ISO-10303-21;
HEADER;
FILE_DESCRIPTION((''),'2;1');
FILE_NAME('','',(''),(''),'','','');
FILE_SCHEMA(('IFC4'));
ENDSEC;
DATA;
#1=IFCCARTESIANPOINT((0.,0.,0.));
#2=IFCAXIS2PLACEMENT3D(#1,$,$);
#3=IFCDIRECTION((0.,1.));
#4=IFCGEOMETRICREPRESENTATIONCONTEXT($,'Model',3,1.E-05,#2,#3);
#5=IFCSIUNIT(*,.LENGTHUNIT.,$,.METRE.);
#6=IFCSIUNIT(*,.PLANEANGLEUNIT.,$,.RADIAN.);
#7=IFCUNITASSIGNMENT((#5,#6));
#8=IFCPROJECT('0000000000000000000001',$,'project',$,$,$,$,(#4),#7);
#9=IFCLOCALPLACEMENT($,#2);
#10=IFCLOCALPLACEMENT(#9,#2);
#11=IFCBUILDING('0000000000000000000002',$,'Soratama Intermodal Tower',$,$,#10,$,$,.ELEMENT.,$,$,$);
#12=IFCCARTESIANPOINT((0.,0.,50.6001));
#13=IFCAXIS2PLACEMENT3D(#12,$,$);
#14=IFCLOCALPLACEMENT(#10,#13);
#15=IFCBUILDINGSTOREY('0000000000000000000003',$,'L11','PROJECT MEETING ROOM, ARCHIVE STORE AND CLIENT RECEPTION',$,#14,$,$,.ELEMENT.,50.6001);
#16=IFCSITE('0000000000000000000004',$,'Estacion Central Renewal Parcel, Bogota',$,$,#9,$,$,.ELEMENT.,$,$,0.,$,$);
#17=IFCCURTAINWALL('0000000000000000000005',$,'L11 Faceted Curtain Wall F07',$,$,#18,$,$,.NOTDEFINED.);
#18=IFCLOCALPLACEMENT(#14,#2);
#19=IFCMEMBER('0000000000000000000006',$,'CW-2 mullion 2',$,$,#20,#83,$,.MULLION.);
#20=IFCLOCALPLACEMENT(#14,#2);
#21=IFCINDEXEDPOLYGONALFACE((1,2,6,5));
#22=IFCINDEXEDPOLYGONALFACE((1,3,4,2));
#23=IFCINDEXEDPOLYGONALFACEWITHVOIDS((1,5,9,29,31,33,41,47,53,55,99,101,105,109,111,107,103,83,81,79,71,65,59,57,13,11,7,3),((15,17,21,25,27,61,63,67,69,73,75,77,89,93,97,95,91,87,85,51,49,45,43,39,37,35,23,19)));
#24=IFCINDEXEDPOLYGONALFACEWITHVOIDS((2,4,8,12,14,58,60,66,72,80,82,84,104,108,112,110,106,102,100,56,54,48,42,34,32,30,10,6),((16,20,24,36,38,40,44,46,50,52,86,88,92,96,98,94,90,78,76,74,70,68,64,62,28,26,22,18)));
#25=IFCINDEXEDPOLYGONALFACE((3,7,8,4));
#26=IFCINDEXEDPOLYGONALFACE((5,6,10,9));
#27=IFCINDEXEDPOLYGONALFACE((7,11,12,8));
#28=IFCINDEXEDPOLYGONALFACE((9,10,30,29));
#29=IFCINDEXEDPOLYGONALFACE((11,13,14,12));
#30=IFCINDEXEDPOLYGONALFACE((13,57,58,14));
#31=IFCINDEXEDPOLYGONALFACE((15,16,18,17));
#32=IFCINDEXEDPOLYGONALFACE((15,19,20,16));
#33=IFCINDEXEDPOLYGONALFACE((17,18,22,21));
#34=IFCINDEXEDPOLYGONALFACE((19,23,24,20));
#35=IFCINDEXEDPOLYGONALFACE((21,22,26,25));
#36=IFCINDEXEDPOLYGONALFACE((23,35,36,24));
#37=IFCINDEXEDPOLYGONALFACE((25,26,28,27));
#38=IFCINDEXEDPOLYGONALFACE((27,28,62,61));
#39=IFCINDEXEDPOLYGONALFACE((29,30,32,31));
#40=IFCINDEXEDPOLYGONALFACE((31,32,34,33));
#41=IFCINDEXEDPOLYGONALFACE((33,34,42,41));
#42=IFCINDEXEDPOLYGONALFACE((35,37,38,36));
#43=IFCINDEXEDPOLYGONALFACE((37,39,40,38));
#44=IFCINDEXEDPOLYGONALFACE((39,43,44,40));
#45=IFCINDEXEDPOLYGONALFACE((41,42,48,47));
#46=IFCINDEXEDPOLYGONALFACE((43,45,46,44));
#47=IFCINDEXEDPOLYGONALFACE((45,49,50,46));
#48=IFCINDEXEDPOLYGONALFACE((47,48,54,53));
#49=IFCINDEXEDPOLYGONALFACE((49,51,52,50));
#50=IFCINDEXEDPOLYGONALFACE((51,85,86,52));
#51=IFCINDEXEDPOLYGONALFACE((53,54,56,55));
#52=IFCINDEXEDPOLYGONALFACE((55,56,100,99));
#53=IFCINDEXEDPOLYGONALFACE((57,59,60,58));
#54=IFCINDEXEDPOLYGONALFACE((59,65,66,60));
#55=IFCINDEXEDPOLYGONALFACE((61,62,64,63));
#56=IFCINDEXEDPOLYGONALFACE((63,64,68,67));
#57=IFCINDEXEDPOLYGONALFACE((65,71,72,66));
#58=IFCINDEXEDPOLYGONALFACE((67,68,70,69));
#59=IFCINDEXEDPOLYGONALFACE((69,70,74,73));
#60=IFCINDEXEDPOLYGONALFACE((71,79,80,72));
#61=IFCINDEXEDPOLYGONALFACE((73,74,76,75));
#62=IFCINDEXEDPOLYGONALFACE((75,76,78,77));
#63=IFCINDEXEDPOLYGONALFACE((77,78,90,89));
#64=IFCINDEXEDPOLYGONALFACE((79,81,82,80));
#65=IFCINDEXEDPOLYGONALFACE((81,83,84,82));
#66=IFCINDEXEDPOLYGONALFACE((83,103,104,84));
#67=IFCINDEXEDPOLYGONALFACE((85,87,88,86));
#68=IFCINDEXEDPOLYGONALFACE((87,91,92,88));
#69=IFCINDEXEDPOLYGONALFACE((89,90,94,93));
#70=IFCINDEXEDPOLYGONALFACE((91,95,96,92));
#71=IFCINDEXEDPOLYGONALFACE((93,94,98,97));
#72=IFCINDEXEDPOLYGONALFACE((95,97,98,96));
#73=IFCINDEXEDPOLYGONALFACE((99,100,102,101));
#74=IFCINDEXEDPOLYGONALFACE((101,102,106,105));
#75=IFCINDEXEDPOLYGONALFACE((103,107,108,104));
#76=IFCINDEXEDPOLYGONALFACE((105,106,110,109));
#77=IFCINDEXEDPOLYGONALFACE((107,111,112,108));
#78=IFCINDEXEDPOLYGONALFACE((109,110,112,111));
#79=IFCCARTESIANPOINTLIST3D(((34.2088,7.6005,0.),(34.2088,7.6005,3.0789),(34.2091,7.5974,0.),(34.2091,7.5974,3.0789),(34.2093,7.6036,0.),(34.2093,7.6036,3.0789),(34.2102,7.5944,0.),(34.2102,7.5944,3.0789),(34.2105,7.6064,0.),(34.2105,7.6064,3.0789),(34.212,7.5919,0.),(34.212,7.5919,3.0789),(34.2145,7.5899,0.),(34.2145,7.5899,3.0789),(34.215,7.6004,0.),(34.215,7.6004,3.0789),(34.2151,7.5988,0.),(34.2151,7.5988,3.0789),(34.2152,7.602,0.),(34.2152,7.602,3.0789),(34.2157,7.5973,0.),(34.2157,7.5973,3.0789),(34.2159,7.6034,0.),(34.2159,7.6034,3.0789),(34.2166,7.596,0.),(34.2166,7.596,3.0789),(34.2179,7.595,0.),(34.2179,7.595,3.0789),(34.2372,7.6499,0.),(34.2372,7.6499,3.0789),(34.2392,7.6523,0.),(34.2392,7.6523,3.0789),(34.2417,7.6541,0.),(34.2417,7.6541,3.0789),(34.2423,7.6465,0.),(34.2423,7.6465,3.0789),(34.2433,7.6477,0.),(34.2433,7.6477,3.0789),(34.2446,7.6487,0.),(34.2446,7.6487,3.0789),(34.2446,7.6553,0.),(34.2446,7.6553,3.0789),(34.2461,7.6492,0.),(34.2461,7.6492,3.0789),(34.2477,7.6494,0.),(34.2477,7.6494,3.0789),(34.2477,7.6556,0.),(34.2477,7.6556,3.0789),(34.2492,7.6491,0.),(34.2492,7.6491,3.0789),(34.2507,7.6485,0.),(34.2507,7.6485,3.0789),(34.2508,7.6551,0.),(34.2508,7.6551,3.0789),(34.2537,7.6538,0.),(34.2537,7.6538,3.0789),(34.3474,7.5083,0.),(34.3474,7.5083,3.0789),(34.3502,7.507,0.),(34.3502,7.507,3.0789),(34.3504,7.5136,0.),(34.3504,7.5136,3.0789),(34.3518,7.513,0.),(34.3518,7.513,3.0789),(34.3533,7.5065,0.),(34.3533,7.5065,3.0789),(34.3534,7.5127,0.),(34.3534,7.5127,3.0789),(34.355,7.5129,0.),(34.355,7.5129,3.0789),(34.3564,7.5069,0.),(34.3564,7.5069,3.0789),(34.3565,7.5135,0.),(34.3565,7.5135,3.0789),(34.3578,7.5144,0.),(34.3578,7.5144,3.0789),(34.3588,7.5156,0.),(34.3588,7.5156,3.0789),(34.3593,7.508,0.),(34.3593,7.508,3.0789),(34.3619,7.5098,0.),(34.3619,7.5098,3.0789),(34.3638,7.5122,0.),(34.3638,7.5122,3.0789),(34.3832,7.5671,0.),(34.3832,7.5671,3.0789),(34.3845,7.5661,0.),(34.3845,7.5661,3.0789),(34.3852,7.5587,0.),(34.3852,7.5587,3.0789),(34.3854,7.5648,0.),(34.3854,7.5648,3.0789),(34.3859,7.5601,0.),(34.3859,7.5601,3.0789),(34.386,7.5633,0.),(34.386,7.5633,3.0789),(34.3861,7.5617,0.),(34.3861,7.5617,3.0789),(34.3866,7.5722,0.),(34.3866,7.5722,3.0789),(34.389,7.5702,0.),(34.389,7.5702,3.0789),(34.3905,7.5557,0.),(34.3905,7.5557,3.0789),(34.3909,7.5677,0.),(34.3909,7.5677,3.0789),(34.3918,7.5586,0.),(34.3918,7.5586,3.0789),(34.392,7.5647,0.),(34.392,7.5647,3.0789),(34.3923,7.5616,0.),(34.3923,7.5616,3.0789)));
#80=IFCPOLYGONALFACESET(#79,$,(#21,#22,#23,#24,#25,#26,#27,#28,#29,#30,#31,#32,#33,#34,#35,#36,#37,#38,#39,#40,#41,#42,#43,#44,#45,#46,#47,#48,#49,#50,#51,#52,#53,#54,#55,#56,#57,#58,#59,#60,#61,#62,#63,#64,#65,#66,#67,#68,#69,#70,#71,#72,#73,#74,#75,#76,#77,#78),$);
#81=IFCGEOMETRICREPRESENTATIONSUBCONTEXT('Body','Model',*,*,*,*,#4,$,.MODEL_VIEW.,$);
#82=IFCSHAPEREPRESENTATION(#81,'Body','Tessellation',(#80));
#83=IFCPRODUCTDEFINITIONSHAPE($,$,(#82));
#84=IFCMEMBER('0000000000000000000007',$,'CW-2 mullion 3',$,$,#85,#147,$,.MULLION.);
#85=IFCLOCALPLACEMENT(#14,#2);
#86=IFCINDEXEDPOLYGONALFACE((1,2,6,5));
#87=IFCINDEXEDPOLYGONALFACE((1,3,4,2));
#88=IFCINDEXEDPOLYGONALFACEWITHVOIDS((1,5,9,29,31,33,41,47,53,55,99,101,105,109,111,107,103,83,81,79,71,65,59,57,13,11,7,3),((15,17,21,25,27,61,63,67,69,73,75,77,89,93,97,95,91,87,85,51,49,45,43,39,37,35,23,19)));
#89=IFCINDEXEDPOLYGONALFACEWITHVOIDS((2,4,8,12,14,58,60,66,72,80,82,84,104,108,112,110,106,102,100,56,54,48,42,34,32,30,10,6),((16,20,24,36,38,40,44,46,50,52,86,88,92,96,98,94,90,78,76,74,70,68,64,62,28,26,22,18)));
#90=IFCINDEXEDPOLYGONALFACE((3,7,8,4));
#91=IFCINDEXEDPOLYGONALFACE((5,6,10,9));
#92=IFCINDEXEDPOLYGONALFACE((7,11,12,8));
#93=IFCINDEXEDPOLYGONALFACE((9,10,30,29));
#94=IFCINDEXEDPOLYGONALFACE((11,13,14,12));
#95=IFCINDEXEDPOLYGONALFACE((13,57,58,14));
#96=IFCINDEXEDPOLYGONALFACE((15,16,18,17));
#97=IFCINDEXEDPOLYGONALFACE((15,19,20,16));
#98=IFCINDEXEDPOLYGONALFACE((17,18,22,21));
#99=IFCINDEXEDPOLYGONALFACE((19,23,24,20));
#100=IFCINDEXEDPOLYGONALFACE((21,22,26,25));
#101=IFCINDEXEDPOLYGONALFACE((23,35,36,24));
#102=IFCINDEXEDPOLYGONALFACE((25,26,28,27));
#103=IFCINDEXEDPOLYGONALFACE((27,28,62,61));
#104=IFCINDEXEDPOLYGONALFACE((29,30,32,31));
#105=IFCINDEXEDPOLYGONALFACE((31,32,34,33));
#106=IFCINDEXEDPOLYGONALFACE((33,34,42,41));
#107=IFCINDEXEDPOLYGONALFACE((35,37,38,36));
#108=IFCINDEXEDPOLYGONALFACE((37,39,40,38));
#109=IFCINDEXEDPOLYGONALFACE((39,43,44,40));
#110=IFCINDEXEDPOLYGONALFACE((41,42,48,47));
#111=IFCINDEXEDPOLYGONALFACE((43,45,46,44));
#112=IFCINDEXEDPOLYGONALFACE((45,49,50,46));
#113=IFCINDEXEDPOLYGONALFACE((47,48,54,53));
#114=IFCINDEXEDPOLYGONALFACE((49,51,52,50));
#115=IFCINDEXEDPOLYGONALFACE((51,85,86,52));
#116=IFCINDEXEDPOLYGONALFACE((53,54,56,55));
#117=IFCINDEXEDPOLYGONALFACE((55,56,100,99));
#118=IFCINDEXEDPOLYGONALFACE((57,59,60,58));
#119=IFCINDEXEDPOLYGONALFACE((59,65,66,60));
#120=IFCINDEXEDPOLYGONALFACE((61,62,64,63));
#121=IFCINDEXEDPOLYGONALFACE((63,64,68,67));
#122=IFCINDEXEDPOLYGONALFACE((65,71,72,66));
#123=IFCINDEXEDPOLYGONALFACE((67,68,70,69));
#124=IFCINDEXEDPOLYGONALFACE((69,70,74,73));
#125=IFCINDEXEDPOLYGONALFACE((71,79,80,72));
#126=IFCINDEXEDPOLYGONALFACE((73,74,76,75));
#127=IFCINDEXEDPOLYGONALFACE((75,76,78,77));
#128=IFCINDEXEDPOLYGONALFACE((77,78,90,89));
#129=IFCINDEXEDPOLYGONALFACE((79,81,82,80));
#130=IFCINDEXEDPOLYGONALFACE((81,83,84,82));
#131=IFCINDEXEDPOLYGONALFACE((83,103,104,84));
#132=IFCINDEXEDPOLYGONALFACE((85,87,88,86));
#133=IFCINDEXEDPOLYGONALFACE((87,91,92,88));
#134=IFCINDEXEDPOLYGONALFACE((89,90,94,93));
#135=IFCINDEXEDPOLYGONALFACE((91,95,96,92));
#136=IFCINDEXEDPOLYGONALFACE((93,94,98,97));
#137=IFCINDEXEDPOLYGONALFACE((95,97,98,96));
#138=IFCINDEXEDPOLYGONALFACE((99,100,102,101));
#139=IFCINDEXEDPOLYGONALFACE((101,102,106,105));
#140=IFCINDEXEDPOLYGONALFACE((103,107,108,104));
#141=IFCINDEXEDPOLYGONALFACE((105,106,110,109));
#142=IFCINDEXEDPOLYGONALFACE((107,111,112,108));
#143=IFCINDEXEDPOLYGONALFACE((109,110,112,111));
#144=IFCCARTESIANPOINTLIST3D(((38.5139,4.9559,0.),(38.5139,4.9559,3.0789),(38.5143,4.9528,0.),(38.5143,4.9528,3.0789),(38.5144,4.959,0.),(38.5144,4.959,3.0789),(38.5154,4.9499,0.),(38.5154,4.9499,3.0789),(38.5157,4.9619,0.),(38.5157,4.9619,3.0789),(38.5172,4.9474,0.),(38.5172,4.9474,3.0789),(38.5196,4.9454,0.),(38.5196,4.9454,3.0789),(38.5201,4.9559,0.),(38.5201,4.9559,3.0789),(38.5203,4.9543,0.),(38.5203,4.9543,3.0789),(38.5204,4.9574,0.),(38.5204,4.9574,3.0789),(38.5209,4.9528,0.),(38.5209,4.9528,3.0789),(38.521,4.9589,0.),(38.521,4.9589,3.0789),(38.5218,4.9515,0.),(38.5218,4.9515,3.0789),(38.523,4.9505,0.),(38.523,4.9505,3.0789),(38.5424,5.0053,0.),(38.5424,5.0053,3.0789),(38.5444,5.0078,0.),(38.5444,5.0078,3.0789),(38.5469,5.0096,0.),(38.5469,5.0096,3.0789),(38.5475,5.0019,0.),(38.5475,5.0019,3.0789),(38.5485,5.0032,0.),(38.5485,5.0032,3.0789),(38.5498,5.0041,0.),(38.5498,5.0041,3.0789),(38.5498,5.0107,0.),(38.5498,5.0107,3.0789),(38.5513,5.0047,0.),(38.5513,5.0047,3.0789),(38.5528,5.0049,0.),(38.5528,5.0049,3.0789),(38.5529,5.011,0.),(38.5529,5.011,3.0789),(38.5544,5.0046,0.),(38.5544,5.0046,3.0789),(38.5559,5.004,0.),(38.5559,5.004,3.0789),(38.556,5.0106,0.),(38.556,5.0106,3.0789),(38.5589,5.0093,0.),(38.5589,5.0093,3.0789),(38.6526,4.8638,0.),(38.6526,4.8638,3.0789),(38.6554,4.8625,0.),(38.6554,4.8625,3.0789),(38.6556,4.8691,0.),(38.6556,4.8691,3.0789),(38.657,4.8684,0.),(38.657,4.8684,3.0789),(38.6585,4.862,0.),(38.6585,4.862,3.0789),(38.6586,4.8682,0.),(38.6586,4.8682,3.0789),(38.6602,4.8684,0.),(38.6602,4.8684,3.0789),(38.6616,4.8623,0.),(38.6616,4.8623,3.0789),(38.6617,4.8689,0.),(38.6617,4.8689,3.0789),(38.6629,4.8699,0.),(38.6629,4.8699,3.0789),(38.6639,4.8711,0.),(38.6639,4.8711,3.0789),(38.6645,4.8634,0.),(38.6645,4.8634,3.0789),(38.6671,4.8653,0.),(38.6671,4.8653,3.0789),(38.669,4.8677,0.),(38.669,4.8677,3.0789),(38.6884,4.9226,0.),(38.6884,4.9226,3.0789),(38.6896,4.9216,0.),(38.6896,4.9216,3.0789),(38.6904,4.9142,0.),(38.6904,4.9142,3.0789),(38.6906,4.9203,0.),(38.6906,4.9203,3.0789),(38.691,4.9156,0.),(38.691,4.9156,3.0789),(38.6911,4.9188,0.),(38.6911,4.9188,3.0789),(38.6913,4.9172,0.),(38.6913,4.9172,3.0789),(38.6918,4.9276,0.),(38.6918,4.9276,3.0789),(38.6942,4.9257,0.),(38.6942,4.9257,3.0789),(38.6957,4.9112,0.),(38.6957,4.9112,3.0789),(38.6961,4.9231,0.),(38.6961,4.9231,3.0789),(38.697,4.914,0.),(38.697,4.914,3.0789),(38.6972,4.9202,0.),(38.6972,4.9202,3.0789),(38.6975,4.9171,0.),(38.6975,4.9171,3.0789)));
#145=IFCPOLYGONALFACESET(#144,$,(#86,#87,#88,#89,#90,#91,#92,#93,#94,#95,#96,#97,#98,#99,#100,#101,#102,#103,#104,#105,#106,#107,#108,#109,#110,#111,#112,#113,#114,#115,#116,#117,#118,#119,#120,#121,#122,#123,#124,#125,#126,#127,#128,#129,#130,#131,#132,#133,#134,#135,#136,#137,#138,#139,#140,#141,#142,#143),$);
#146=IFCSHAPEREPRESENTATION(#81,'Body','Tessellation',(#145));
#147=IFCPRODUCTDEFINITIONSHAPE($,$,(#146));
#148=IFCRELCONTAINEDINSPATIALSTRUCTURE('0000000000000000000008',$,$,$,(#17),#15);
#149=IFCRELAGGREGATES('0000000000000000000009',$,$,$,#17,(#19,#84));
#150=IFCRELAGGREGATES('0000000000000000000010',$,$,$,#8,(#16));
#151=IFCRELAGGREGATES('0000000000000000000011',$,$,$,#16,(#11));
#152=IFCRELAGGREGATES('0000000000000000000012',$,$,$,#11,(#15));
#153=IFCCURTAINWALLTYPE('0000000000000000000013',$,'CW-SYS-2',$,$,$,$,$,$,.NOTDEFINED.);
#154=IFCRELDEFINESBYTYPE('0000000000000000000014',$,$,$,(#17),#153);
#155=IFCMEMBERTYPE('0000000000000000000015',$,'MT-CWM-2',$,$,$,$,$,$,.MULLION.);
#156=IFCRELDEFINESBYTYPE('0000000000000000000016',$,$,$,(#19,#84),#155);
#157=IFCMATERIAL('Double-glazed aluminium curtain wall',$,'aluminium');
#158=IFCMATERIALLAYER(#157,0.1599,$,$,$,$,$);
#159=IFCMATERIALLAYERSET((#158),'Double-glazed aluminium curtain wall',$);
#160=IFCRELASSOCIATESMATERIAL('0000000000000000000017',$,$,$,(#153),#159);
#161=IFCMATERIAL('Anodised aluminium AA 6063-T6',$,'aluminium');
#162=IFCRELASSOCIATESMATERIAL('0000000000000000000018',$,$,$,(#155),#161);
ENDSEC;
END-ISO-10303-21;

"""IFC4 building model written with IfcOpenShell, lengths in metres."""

from ifc_helpers import new_model, si_unit, direction, frame, origin, origin_2d, place, context, subcontext, project, spatial, hollow_rectangle, extrude, material, layer, layer_set, material_profile, profile_set, type_object, element, aggregate, save


model = new_model("IFC4")

# Units and contexts
model_context = context("Model", 3, precision=1e-05, world=origin(), true_north=direction((0.0, 1.0)))
body_context = subcontext(model_context, "Body", "Model", "MODEL_VIEW")
ifc_project = project(units=[si_unit("LENGTHUNIT", "METRE"), si_unit("PLANEANGLEUNIT", "RADIAN")], contexts=[model_context])

# Site, building, storey
site_placement = place(None, origin())
site = spatial("IfcSite", under=ifc_project, at=site_placement, Name="Estacion Central Renewal Parcel, Bogota", CompositionType="ELEMENT", RefElevation=0.0)
building_placement = place(site_placement, origin())
building = spatial("IfcBuilding", under=site, at=building_placement, Name="Soratama Intermodal Tower", CompositionType="ELEMENT")
storey_placement = place(building_placement, frame((0.0, 0.0, 50.6001)))
storey = spatial("IfcBuildingStorey", under=building, at=storey_placement, Name="L11", Description="PROJECT MEETING ROOM, ARCHIVE STORE AND CLIENT RECEPTION", CompositionType="ELEMENT", Elevation=50.6001)

# Curtain wall, members
ifc_material_1 = material(Name="Double-glazed aluminium curtain wall", Category="aluminium")
ifc_layer_1 = layer(ifc_material_1, 0.1599)
ifc_layer_set_1 = layer_set([ifc_layer_1], Name="Double-glazed aluminium curtain wall")
curtain_wall_type = type_object("IfcCurtainWallType", Name="CW-SYS-2", PredefinedType="NOTDEFINED", material=ifc_layer_set_1)
curtain_wall_placement = place(storey_placement, origin())
curtain_wall = element("IfcCurtainWall", 1, at=curtain_wall_placement, inside=storey, type_object=curtain_wall_type, Name="L11 Faceted Curtain Wall F07", PredefinedType="NOTDEFINED")
ifc_material_2 = material(Name="Anodised aluminium AA 6063-T6", Category="aluminium")
ifc_material_profile_1 = material_profile(ifc_material_2, hollow_rectangle(XDim=0.075, YDim=0.1799, WallThickness=0.0061, InnerFilletRadius=0.0061, OuterFilletRadius=0.012, at=origin_2d()), Name="CWM180X75X6")
ifc_profile_set_1 = profile_set([ifc_material_profile_1], Name="Anodised aluminium AA 6063-T6")
member_type_1 = type_object("IfcMemberType", Name="MT-CWM-2", PredefinedType="MULLION", material=ifc_profile_set_1)
member_1_placement = place(storey_placement, frame((34.3005, 7.5811, 0.0), z_axis=(0.0, 0.0, 1.0), x_axis=(0.523385, 0.852096, 0.0)))
member_1 = element("IfcMember", 2, at=member_1_placement, type_object=member_type_1, Name="CW-2 mullion 2", PredefinedType="MULLION", context=body_context, shape_type="SweptSolid", body=[
    extrude(hollow_rectangle(XDim=0.075, YDim=0.1799, WallThickness=0.0061, InnerFilletRadius=0.0061, OuterFilletRadius=0.012, at=origin_2d()), origin(), (0.0, 0.0, 1.0), 3.0789),
])
member_2_placement = place(storey_placement, frame((38.6057, 4.9365, 0.0), z_axis=(0.0, 0.0, 1.0), x_axis=(0.523385, 0.852096, 0.0)))
member_2 = element("IfcMember", 3, at=member_2_placement, type_object=member_type_1, Name="CW-2 mullion 3", PredefinedType="MULLION", context=body_context, shape_type="SweptSolid", body=[
    extrude(hollow_rectangle(XDim=0.075, YDim=0.1799, WallThickness=0.0061, InnerFilletRadius=0.0061, OuterFilletRadius=0.012, at=origin_2d()), origin(), (0.0, 0.0, 1.0), 3.0789),
])
aggregate(curtain_wall, [member_1, member_2])

save(model, "model.ifc")
